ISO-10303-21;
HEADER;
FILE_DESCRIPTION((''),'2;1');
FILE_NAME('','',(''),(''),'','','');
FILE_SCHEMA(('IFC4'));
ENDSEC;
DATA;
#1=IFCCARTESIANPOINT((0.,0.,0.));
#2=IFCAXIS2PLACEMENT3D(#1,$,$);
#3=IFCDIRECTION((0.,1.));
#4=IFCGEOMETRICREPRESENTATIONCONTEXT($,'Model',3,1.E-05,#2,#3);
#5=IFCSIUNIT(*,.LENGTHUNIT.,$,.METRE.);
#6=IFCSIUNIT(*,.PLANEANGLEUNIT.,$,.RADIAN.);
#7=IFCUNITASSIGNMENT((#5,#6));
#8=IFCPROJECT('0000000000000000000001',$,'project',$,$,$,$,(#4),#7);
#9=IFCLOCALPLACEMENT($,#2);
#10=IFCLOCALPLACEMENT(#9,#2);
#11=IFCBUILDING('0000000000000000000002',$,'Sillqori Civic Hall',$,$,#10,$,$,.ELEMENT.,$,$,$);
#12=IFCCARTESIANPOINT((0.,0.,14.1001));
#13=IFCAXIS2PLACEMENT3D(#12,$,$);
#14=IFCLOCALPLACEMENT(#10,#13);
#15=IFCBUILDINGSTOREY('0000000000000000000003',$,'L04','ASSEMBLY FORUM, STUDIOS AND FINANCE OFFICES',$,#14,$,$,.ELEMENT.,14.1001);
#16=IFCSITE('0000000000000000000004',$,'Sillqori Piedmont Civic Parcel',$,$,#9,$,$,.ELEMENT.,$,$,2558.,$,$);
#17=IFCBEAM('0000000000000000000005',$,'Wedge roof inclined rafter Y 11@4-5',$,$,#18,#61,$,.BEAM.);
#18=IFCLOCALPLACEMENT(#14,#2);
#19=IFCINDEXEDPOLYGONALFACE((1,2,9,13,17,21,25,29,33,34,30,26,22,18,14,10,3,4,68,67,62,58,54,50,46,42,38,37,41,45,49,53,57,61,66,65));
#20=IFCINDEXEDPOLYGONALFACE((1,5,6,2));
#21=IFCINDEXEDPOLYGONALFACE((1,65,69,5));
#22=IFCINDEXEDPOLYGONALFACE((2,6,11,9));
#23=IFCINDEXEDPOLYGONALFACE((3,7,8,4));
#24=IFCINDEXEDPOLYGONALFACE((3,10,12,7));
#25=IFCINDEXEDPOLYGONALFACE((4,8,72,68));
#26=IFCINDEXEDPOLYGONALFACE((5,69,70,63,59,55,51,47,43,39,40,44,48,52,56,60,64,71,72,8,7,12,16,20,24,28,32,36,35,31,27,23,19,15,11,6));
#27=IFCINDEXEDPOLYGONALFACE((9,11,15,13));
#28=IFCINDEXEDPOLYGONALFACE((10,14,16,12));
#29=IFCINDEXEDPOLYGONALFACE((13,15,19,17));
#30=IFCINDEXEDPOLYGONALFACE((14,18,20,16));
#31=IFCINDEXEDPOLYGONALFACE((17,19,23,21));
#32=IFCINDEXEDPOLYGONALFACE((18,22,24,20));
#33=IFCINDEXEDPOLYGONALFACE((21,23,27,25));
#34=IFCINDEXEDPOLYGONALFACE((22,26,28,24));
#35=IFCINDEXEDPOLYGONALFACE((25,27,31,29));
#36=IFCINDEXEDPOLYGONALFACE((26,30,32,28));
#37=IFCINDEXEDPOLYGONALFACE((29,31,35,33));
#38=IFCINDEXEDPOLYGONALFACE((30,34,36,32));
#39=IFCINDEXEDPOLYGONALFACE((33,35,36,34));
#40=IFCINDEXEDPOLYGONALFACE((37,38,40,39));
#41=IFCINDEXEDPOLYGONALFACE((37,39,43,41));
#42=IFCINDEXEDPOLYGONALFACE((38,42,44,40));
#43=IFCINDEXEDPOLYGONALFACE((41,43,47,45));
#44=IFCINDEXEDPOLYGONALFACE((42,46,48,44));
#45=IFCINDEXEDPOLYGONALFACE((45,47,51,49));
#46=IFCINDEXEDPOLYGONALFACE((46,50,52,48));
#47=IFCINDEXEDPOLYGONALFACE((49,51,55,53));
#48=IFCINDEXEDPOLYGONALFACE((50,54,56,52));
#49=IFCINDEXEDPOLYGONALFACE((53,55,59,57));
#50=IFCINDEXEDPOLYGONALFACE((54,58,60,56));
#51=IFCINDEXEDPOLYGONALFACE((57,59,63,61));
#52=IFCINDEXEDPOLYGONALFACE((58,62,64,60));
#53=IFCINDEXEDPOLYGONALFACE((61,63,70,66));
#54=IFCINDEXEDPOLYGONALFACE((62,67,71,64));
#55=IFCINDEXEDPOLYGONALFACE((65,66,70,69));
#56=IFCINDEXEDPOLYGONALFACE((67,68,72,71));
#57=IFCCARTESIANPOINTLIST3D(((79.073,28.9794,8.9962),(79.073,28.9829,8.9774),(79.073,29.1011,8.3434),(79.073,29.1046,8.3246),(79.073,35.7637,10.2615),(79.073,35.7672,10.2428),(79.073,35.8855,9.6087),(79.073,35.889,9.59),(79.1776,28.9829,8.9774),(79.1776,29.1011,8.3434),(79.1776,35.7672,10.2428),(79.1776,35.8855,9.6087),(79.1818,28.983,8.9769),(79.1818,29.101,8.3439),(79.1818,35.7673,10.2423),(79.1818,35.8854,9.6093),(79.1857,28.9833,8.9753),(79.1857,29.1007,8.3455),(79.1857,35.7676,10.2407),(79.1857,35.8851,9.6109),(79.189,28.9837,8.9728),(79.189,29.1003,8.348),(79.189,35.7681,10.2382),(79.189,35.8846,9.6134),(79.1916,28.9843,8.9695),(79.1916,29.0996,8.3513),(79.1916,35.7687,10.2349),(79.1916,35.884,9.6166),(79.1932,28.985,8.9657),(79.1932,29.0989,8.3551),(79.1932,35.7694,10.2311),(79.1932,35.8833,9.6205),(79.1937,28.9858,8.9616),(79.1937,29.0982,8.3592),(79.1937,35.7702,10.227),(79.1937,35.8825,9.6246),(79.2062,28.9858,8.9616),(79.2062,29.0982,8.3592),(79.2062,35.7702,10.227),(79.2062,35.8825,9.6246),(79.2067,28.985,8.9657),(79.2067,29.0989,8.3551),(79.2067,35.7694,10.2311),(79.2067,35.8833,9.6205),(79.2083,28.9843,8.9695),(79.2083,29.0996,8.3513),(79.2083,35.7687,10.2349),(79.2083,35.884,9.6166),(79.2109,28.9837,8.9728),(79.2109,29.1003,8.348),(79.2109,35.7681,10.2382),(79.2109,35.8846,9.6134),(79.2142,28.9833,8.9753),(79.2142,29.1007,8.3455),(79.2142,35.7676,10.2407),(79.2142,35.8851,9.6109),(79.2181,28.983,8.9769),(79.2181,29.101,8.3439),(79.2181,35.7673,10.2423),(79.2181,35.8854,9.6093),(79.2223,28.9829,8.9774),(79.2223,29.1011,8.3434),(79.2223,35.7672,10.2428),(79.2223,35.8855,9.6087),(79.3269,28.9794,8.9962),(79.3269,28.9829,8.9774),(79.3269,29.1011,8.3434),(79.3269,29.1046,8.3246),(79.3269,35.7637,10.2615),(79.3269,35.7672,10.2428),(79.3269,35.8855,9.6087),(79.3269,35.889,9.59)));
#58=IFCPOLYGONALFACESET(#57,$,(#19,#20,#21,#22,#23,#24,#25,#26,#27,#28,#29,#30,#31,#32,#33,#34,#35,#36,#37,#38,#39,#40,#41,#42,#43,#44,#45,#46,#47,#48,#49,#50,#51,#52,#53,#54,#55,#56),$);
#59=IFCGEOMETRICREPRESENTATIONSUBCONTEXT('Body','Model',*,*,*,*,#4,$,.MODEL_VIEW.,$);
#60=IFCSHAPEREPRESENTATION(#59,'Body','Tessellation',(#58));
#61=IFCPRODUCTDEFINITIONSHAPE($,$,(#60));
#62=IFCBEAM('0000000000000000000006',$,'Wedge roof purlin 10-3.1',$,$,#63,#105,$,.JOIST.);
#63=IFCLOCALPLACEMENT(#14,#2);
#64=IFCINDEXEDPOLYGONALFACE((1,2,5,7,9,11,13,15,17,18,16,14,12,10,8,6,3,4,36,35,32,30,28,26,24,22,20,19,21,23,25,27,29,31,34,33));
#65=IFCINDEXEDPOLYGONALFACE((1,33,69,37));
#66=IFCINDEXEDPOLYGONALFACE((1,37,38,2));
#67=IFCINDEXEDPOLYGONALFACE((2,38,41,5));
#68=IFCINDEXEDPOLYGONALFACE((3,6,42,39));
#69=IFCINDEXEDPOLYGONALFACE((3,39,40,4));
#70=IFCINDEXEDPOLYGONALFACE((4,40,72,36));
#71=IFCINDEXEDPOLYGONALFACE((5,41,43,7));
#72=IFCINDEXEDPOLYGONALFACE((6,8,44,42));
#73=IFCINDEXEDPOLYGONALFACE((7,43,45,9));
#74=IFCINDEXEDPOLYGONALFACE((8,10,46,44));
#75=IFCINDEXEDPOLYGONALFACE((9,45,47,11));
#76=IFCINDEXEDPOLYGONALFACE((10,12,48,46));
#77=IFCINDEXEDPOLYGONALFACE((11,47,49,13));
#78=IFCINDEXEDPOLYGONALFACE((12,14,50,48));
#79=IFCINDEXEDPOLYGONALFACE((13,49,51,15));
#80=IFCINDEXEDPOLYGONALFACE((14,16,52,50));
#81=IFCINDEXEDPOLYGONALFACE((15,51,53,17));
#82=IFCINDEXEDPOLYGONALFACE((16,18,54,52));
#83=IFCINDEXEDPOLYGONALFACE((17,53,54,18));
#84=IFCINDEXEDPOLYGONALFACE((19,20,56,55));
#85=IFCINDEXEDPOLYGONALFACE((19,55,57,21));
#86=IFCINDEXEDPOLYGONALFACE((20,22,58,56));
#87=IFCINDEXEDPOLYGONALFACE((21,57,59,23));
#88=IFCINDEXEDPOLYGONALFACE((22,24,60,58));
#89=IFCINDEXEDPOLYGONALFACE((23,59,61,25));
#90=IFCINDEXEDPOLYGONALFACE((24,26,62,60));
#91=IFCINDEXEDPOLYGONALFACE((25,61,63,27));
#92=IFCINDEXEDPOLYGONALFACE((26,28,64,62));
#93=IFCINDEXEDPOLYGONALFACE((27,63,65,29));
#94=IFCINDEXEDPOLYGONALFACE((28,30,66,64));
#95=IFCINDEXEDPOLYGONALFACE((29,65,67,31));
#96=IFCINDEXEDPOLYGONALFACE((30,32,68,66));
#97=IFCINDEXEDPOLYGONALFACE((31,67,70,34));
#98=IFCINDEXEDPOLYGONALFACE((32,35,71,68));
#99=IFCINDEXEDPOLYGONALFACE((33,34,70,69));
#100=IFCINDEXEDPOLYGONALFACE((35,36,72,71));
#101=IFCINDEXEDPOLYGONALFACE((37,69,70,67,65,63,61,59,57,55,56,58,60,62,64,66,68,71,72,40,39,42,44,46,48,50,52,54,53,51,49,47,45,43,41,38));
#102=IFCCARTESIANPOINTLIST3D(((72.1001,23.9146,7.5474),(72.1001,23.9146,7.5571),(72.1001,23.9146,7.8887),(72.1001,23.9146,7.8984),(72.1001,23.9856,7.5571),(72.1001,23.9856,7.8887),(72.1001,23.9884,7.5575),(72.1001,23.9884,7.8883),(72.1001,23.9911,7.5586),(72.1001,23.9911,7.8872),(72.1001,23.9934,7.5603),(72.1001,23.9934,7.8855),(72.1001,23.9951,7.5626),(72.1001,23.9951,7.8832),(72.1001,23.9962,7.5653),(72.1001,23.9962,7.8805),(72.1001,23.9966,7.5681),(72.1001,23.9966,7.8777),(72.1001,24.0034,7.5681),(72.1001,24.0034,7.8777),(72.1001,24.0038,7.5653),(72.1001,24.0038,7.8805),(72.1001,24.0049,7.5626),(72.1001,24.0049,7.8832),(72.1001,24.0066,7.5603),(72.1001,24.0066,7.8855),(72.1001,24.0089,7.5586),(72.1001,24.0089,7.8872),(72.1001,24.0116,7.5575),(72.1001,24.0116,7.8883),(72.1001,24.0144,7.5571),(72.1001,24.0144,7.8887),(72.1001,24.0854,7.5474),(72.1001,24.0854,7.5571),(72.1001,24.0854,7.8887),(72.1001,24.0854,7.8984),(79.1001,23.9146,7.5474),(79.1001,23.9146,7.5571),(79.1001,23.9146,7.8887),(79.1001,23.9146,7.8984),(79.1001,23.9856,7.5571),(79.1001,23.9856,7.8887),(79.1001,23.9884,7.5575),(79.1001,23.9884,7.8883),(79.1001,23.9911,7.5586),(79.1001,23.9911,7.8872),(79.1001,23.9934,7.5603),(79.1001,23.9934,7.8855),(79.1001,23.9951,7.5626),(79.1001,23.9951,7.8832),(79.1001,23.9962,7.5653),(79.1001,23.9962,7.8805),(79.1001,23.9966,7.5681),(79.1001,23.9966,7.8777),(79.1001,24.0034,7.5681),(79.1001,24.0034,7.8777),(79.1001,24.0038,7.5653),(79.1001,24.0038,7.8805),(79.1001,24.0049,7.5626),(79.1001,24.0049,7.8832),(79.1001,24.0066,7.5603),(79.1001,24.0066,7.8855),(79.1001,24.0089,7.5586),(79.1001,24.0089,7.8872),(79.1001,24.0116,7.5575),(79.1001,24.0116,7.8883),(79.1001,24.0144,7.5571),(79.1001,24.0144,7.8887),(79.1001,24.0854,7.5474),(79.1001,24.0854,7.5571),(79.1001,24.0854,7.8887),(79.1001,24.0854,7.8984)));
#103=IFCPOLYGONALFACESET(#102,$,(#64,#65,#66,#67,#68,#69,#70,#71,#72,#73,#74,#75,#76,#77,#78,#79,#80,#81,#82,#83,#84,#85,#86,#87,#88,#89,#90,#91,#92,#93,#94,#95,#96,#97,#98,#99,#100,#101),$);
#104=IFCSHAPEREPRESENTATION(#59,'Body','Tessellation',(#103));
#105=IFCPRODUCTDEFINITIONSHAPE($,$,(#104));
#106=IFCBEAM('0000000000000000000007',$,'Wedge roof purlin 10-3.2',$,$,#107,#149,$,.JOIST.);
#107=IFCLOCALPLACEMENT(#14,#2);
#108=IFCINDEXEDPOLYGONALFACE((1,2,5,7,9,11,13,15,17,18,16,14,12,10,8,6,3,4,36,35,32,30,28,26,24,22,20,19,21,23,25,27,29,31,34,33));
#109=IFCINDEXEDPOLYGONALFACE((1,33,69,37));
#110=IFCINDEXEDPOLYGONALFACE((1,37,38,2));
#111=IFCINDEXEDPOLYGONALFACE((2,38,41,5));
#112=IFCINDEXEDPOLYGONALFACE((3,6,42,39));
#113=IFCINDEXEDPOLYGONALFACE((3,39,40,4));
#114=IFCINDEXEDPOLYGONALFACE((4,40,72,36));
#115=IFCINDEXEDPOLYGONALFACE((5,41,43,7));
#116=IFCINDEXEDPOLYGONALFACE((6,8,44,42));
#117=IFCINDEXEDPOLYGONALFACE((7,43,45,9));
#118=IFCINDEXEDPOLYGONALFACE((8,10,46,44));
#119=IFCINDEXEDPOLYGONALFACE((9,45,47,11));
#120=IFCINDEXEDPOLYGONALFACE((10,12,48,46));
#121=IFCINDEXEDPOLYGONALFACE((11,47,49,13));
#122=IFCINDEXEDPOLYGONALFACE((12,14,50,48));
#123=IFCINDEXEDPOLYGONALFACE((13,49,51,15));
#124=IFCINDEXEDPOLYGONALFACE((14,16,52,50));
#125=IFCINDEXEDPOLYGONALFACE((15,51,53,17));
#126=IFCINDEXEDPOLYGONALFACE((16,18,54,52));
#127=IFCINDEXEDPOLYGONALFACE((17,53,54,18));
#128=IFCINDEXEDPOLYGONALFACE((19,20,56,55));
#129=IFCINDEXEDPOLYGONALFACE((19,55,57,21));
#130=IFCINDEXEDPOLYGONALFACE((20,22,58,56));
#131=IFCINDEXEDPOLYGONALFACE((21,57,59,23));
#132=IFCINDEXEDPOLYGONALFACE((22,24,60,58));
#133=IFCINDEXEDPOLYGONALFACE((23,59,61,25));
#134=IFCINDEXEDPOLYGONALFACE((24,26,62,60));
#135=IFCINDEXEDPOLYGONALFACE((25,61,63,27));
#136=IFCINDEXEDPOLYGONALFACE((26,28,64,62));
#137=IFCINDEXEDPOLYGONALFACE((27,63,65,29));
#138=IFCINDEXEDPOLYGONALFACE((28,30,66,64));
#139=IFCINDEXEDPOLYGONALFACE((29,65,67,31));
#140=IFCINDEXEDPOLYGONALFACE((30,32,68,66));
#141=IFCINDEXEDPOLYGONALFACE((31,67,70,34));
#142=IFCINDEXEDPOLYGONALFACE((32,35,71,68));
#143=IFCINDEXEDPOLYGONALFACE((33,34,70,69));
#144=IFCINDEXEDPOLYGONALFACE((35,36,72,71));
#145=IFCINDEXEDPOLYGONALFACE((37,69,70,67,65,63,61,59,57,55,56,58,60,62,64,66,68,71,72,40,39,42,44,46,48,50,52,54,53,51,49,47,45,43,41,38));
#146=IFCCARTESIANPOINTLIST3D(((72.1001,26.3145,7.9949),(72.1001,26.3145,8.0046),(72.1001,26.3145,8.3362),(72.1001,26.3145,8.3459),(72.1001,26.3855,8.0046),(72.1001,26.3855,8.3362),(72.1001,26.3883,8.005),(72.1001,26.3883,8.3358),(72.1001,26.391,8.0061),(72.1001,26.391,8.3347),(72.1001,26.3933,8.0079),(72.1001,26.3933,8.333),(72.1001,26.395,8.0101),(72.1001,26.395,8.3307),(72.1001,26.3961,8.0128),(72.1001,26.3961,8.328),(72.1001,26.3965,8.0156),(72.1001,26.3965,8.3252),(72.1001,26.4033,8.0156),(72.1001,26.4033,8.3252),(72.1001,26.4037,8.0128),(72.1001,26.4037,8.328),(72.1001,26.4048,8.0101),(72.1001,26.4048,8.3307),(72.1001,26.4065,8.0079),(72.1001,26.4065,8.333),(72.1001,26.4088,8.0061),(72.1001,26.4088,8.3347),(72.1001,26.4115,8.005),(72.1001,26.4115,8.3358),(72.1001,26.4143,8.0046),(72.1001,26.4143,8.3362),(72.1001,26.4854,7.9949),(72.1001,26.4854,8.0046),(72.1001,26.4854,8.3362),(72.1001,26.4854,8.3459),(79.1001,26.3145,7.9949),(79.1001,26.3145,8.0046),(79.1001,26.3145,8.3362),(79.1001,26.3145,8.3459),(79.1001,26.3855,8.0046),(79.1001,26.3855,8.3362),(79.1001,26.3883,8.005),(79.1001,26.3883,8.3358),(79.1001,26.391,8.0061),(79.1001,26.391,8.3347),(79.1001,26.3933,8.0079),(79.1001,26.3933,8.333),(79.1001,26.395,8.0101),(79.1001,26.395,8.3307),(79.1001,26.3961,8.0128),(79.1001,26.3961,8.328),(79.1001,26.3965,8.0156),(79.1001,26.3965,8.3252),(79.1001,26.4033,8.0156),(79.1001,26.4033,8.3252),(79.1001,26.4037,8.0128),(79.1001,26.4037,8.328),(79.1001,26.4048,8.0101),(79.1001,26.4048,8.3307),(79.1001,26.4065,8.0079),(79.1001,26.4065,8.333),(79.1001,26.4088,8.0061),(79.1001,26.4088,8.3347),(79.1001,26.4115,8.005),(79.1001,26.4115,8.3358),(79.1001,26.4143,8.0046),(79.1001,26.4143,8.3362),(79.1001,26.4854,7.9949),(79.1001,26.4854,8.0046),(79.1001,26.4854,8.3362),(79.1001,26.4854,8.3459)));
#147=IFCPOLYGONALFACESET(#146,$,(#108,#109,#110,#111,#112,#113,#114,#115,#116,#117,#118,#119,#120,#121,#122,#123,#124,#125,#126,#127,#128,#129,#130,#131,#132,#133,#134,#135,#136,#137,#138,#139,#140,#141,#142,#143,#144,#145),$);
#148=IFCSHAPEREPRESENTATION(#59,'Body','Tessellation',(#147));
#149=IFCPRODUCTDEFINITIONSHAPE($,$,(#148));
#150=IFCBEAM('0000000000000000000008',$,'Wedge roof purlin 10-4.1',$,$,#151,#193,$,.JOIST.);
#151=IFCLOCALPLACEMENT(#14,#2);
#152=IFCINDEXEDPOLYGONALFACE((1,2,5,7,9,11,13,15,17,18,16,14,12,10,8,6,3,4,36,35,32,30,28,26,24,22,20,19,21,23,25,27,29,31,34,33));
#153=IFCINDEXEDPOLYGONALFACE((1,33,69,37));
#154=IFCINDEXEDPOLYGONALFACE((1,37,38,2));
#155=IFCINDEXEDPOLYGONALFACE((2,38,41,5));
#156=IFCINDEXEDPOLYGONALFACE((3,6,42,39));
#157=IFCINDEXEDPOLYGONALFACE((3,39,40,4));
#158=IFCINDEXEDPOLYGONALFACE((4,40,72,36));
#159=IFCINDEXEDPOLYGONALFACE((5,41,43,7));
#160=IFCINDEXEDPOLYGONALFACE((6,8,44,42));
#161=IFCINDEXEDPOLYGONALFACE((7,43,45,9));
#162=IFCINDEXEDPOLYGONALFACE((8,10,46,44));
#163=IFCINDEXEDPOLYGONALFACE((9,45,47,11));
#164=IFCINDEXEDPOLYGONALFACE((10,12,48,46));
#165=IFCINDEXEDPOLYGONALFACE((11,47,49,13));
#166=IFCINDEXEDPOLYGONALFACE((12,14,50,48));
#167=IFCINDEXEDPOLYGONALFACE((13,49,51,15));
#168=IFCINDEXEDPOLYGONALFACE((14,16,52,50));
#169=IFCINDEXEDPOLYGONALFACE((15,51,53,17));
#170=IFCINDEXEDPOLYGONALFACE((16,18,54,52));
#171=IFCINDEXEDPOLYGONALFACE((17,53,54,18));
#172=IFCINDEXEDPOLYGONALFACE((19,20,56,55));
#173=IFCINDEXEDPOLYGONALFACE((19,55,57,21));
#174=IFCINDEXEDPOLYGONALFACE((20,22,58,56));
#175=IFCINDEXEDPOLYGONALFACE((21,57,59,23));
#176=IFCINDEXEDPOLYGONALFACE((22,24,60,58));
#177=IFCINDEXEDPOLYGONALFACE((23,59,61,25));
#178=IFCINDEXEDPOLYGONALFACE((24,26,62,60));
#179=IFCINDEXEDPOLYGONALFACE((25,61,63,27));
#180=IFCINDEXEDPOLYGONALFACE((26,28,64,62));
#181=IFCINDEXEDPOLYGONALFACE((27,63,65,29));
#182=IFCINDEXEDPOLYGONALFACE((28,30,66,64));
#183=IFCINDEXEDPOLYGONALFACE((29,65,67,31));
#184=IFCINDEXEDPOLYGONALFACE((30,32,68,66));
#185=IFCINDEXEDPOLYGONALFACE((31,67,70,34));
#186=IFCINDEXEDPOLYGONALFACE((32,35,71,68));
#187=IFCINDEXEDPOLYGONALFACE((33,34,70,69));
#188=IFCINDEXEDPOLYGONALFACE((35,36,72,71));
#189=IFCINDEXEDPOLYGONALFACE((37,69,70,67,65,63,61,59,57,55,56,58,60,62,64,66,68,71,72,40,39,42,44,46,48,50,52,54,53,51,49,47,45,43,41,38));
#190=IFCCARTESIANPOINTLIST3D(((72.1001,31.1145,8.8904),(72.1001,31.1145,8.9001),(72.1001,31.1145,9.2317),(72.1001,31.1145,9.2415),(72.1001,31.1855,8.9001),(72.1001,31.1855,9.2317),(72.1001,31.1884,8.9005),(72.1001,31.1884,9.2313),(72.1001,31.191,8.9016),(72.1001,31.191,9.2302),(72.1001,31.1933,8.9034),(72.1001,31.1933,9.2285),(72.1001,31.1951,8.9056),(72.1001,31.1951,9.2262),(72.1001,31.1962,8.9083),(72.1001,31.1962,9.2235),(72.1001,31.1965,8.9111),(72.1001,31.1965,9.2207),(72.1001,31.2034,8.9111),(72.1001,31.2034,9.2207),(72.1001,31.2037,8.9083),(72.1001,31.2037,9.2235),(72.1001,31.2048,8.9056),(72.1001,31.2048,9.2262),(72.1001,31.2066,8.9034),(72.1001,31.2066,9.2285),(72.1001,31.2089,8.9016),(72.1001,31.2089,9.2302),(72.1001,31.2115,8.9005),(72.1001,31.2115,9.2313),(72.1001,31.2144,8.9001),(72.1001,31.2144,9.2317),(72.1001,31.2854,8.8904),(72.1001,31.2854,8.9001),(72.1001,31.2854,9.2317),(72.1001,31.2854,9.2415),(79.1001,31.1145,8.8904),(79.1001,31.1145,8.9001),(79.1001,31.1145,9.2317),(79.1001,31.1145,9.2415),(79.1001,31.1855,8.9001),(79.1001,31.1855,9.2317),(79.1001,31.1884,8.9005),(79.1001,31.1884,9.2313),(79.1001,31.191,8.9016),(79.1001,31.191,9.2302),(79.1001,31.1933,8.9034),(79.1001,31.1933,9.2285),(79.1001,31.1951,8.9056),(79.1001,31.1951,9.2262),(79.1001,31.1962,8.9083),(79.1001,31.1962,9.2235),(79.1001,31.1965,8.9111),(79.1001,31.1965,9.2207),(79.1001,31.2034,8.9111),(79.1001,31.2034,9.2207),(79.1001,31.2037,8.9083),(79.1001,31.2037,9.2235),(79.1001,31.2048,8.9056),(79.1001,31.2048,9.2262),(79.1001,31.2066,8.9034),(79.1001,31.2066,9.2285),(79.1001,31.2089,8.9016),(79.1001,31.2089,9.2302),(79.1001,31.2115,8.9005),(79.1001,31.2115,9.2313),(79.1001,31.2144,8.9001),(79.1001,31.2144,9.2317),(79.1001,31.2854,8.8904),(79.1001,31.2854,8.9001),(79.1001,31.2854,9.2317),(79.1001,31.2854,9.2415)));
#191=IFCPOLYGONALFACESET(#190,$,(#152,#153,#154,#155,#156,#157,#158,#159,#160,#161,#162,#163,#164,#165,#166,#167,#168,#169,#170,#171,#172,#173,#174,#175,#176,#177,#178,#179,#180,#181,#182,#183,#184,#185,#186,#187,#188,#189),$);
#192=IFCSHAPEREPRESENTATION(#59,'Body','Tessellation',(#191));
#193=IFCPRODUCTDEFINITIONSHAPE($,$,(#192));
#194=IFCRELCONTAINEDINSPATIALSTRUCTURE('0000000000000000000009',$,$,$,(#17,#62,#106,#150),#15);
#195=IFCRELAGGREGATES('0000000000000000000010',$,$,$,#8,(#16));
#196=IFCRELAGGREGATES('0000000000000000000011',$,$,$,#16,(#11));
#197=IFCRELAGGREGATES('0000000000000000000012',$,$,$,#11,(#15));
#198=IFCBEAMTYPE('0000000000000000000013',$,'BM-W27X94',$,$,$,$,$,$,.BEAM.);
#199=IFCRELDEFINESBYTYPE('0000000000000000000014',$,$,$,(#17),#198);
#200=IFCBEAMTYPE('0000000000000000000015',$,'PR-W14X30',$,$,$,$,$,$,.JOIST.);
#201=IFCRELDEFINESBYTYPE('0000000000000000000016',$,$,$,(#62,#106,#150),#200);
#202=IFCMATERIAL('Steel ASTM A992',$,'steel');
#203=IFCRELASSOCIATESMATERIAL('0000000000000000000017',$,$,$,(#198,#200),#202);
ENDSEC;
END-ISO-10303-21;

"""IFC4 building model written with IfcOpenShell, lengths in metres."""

from ifc_helpers import new_model, si_unit, direction, frame, origin, origin_2d, place, context, subcontext, project, spatial, i_section, extrude, material, material_profile, profile_set, type_object, element, save


model = new_model("IFC4")

# Units and contexts
model_context = context("Model", 3, precision=1e-05, world=origin(), true_north=direction((0.0, 1.0)))
body_context = subcontext(model_context, "Body", "Model", "MODEL_VIEW")
ifc_project = project(units=[si_unit("LENGTHUNIT", "METRE"), si_unit("PLANEANGLEUNIT", "RADIAN")], contexts=[model_context])

# Site, building, storey
site_placement = place(None, origin())
site = spatial("IfcSite", under=ifc_project, at=site_placement, Name="Sillqori Piedmont Civic Parcel", CompositionType="ELEMENT", RefElevation=2558.0)
building_placement = place(site_placement, origin())
building = spatial("IfcBuilding", under=site, at=building_placement, Name="Sillqori Civic Hall", CompositionType="ELEMENT")
storey_placement = place(building_placement, frame((0.0, 0.0, 14.1001)))
storey = spatial("IfcBuildingStorey", under=building, at=storey_placement, Name="L04", Description="ASSEMBLY FORUM, STUDIOS AND FINANCE OFFICES", CompositionType="ELEMENT", Elevation=14.1001)

# Shared definitions
ifc_material_1 = material(Name="Steel ASTM A992", Category="steel")

# Beams
ifc_material_profile_1 = material_profile(ifc_material_1, i_section(OverallWidth=0.2539, OverallDepth=0.6831, WebThickness=0.0125, FlangeThickness=0.019, FilletRadius=0.0161, at=origin_2d()), Name="W27X94")
ifc_profile_set_1 = profile_set([ifc_material_profile_1], Name="Steel ASTM A992")
beam_type_1 = type_object("IfcBeamType", Name="BM-W27X94", PredefinedType="BEAM", material=ifc_profile_set_1)
beam_1_placement = place(storey_placement, frame((79.2, 29.042, 8.6604), z_axis=(0.0, 0.983048, 0.183351), x_axis=(-1.0, 0.0, 0.0)))
element("IfcBeam", 1, at=beam_1_placement, inside=storey, type_object=beam_type_1, Name="Wedge roof inclined rafter Y 11@4-5", PredefinedType="BEAM", context=body_context, shape_type="SweptSolid", body=[
    extrude(i_section(OverallWidth=0.2539, OverallDepth=0.6831, WebThickness=0.0125, FlangeThickness=0.019, FilletRadius=0.0161, at=origin_2d()), origin(), (0.0, 0.0, 1.0), 6.9014),
])
ifc_material_profile_2 = material_profile(ifc_material_1, i_section(OverallWidth=0.1709, OverallDepth=0.3511, WebThickness=0.0068, FlangeThickness=0.0098, FilletRadius=0.011, at=origin_2d()), Name="W14X30")
ifc_profile_set_2 = profile_set([ifc_material_profile_2], Name="Steel ASTM A992")
beam_type_2 = type_object("IfcBeamType", Name="PR-W14X30", PredefinedType="JOIST", material=ifc_profile_set_2)
for number, where, z_axis, x_axis, name in (
    (2, (72.1001, 24.0, 7.7229), (1.0, 0.0, 0.0), (0.0, 1.0, 0.0), "Wedge roof purlin 10-3.1"),
    (3, (72.1001, 26.3999, 8.1704), (1.0, 0.0, 0.0), (0.0, 1.0, 0.0), "Wedge roof purlin 10-3.2"),
    (4, (72.1001, 31.2, 9.0659), (1.0, 0.0, 0.0), (0.0, 1.0, 0.0), "Wedge roof purlin 10-4.1"),
):
    element("IfcBeam", number, at=place(storey_placement, frame(where, z_axis=z_axis, x_axis=x_axis)), inside=storey, type_object=beam_type_2, Name=name, PredefinedType="JOIST", context=body_context, shape_type="SweptSolid", body=[
        extrude(i_section(OverallWidth=0.1709, OverallDepth=0.3511, WebThickness=0.0068, FlangeThickness=0.0098, FilletRadius=0.011, at=origin_2d()), origin(), (0.0, 0.0, 1.0), 7.0),
    ])

save(model, "model.ifc")
